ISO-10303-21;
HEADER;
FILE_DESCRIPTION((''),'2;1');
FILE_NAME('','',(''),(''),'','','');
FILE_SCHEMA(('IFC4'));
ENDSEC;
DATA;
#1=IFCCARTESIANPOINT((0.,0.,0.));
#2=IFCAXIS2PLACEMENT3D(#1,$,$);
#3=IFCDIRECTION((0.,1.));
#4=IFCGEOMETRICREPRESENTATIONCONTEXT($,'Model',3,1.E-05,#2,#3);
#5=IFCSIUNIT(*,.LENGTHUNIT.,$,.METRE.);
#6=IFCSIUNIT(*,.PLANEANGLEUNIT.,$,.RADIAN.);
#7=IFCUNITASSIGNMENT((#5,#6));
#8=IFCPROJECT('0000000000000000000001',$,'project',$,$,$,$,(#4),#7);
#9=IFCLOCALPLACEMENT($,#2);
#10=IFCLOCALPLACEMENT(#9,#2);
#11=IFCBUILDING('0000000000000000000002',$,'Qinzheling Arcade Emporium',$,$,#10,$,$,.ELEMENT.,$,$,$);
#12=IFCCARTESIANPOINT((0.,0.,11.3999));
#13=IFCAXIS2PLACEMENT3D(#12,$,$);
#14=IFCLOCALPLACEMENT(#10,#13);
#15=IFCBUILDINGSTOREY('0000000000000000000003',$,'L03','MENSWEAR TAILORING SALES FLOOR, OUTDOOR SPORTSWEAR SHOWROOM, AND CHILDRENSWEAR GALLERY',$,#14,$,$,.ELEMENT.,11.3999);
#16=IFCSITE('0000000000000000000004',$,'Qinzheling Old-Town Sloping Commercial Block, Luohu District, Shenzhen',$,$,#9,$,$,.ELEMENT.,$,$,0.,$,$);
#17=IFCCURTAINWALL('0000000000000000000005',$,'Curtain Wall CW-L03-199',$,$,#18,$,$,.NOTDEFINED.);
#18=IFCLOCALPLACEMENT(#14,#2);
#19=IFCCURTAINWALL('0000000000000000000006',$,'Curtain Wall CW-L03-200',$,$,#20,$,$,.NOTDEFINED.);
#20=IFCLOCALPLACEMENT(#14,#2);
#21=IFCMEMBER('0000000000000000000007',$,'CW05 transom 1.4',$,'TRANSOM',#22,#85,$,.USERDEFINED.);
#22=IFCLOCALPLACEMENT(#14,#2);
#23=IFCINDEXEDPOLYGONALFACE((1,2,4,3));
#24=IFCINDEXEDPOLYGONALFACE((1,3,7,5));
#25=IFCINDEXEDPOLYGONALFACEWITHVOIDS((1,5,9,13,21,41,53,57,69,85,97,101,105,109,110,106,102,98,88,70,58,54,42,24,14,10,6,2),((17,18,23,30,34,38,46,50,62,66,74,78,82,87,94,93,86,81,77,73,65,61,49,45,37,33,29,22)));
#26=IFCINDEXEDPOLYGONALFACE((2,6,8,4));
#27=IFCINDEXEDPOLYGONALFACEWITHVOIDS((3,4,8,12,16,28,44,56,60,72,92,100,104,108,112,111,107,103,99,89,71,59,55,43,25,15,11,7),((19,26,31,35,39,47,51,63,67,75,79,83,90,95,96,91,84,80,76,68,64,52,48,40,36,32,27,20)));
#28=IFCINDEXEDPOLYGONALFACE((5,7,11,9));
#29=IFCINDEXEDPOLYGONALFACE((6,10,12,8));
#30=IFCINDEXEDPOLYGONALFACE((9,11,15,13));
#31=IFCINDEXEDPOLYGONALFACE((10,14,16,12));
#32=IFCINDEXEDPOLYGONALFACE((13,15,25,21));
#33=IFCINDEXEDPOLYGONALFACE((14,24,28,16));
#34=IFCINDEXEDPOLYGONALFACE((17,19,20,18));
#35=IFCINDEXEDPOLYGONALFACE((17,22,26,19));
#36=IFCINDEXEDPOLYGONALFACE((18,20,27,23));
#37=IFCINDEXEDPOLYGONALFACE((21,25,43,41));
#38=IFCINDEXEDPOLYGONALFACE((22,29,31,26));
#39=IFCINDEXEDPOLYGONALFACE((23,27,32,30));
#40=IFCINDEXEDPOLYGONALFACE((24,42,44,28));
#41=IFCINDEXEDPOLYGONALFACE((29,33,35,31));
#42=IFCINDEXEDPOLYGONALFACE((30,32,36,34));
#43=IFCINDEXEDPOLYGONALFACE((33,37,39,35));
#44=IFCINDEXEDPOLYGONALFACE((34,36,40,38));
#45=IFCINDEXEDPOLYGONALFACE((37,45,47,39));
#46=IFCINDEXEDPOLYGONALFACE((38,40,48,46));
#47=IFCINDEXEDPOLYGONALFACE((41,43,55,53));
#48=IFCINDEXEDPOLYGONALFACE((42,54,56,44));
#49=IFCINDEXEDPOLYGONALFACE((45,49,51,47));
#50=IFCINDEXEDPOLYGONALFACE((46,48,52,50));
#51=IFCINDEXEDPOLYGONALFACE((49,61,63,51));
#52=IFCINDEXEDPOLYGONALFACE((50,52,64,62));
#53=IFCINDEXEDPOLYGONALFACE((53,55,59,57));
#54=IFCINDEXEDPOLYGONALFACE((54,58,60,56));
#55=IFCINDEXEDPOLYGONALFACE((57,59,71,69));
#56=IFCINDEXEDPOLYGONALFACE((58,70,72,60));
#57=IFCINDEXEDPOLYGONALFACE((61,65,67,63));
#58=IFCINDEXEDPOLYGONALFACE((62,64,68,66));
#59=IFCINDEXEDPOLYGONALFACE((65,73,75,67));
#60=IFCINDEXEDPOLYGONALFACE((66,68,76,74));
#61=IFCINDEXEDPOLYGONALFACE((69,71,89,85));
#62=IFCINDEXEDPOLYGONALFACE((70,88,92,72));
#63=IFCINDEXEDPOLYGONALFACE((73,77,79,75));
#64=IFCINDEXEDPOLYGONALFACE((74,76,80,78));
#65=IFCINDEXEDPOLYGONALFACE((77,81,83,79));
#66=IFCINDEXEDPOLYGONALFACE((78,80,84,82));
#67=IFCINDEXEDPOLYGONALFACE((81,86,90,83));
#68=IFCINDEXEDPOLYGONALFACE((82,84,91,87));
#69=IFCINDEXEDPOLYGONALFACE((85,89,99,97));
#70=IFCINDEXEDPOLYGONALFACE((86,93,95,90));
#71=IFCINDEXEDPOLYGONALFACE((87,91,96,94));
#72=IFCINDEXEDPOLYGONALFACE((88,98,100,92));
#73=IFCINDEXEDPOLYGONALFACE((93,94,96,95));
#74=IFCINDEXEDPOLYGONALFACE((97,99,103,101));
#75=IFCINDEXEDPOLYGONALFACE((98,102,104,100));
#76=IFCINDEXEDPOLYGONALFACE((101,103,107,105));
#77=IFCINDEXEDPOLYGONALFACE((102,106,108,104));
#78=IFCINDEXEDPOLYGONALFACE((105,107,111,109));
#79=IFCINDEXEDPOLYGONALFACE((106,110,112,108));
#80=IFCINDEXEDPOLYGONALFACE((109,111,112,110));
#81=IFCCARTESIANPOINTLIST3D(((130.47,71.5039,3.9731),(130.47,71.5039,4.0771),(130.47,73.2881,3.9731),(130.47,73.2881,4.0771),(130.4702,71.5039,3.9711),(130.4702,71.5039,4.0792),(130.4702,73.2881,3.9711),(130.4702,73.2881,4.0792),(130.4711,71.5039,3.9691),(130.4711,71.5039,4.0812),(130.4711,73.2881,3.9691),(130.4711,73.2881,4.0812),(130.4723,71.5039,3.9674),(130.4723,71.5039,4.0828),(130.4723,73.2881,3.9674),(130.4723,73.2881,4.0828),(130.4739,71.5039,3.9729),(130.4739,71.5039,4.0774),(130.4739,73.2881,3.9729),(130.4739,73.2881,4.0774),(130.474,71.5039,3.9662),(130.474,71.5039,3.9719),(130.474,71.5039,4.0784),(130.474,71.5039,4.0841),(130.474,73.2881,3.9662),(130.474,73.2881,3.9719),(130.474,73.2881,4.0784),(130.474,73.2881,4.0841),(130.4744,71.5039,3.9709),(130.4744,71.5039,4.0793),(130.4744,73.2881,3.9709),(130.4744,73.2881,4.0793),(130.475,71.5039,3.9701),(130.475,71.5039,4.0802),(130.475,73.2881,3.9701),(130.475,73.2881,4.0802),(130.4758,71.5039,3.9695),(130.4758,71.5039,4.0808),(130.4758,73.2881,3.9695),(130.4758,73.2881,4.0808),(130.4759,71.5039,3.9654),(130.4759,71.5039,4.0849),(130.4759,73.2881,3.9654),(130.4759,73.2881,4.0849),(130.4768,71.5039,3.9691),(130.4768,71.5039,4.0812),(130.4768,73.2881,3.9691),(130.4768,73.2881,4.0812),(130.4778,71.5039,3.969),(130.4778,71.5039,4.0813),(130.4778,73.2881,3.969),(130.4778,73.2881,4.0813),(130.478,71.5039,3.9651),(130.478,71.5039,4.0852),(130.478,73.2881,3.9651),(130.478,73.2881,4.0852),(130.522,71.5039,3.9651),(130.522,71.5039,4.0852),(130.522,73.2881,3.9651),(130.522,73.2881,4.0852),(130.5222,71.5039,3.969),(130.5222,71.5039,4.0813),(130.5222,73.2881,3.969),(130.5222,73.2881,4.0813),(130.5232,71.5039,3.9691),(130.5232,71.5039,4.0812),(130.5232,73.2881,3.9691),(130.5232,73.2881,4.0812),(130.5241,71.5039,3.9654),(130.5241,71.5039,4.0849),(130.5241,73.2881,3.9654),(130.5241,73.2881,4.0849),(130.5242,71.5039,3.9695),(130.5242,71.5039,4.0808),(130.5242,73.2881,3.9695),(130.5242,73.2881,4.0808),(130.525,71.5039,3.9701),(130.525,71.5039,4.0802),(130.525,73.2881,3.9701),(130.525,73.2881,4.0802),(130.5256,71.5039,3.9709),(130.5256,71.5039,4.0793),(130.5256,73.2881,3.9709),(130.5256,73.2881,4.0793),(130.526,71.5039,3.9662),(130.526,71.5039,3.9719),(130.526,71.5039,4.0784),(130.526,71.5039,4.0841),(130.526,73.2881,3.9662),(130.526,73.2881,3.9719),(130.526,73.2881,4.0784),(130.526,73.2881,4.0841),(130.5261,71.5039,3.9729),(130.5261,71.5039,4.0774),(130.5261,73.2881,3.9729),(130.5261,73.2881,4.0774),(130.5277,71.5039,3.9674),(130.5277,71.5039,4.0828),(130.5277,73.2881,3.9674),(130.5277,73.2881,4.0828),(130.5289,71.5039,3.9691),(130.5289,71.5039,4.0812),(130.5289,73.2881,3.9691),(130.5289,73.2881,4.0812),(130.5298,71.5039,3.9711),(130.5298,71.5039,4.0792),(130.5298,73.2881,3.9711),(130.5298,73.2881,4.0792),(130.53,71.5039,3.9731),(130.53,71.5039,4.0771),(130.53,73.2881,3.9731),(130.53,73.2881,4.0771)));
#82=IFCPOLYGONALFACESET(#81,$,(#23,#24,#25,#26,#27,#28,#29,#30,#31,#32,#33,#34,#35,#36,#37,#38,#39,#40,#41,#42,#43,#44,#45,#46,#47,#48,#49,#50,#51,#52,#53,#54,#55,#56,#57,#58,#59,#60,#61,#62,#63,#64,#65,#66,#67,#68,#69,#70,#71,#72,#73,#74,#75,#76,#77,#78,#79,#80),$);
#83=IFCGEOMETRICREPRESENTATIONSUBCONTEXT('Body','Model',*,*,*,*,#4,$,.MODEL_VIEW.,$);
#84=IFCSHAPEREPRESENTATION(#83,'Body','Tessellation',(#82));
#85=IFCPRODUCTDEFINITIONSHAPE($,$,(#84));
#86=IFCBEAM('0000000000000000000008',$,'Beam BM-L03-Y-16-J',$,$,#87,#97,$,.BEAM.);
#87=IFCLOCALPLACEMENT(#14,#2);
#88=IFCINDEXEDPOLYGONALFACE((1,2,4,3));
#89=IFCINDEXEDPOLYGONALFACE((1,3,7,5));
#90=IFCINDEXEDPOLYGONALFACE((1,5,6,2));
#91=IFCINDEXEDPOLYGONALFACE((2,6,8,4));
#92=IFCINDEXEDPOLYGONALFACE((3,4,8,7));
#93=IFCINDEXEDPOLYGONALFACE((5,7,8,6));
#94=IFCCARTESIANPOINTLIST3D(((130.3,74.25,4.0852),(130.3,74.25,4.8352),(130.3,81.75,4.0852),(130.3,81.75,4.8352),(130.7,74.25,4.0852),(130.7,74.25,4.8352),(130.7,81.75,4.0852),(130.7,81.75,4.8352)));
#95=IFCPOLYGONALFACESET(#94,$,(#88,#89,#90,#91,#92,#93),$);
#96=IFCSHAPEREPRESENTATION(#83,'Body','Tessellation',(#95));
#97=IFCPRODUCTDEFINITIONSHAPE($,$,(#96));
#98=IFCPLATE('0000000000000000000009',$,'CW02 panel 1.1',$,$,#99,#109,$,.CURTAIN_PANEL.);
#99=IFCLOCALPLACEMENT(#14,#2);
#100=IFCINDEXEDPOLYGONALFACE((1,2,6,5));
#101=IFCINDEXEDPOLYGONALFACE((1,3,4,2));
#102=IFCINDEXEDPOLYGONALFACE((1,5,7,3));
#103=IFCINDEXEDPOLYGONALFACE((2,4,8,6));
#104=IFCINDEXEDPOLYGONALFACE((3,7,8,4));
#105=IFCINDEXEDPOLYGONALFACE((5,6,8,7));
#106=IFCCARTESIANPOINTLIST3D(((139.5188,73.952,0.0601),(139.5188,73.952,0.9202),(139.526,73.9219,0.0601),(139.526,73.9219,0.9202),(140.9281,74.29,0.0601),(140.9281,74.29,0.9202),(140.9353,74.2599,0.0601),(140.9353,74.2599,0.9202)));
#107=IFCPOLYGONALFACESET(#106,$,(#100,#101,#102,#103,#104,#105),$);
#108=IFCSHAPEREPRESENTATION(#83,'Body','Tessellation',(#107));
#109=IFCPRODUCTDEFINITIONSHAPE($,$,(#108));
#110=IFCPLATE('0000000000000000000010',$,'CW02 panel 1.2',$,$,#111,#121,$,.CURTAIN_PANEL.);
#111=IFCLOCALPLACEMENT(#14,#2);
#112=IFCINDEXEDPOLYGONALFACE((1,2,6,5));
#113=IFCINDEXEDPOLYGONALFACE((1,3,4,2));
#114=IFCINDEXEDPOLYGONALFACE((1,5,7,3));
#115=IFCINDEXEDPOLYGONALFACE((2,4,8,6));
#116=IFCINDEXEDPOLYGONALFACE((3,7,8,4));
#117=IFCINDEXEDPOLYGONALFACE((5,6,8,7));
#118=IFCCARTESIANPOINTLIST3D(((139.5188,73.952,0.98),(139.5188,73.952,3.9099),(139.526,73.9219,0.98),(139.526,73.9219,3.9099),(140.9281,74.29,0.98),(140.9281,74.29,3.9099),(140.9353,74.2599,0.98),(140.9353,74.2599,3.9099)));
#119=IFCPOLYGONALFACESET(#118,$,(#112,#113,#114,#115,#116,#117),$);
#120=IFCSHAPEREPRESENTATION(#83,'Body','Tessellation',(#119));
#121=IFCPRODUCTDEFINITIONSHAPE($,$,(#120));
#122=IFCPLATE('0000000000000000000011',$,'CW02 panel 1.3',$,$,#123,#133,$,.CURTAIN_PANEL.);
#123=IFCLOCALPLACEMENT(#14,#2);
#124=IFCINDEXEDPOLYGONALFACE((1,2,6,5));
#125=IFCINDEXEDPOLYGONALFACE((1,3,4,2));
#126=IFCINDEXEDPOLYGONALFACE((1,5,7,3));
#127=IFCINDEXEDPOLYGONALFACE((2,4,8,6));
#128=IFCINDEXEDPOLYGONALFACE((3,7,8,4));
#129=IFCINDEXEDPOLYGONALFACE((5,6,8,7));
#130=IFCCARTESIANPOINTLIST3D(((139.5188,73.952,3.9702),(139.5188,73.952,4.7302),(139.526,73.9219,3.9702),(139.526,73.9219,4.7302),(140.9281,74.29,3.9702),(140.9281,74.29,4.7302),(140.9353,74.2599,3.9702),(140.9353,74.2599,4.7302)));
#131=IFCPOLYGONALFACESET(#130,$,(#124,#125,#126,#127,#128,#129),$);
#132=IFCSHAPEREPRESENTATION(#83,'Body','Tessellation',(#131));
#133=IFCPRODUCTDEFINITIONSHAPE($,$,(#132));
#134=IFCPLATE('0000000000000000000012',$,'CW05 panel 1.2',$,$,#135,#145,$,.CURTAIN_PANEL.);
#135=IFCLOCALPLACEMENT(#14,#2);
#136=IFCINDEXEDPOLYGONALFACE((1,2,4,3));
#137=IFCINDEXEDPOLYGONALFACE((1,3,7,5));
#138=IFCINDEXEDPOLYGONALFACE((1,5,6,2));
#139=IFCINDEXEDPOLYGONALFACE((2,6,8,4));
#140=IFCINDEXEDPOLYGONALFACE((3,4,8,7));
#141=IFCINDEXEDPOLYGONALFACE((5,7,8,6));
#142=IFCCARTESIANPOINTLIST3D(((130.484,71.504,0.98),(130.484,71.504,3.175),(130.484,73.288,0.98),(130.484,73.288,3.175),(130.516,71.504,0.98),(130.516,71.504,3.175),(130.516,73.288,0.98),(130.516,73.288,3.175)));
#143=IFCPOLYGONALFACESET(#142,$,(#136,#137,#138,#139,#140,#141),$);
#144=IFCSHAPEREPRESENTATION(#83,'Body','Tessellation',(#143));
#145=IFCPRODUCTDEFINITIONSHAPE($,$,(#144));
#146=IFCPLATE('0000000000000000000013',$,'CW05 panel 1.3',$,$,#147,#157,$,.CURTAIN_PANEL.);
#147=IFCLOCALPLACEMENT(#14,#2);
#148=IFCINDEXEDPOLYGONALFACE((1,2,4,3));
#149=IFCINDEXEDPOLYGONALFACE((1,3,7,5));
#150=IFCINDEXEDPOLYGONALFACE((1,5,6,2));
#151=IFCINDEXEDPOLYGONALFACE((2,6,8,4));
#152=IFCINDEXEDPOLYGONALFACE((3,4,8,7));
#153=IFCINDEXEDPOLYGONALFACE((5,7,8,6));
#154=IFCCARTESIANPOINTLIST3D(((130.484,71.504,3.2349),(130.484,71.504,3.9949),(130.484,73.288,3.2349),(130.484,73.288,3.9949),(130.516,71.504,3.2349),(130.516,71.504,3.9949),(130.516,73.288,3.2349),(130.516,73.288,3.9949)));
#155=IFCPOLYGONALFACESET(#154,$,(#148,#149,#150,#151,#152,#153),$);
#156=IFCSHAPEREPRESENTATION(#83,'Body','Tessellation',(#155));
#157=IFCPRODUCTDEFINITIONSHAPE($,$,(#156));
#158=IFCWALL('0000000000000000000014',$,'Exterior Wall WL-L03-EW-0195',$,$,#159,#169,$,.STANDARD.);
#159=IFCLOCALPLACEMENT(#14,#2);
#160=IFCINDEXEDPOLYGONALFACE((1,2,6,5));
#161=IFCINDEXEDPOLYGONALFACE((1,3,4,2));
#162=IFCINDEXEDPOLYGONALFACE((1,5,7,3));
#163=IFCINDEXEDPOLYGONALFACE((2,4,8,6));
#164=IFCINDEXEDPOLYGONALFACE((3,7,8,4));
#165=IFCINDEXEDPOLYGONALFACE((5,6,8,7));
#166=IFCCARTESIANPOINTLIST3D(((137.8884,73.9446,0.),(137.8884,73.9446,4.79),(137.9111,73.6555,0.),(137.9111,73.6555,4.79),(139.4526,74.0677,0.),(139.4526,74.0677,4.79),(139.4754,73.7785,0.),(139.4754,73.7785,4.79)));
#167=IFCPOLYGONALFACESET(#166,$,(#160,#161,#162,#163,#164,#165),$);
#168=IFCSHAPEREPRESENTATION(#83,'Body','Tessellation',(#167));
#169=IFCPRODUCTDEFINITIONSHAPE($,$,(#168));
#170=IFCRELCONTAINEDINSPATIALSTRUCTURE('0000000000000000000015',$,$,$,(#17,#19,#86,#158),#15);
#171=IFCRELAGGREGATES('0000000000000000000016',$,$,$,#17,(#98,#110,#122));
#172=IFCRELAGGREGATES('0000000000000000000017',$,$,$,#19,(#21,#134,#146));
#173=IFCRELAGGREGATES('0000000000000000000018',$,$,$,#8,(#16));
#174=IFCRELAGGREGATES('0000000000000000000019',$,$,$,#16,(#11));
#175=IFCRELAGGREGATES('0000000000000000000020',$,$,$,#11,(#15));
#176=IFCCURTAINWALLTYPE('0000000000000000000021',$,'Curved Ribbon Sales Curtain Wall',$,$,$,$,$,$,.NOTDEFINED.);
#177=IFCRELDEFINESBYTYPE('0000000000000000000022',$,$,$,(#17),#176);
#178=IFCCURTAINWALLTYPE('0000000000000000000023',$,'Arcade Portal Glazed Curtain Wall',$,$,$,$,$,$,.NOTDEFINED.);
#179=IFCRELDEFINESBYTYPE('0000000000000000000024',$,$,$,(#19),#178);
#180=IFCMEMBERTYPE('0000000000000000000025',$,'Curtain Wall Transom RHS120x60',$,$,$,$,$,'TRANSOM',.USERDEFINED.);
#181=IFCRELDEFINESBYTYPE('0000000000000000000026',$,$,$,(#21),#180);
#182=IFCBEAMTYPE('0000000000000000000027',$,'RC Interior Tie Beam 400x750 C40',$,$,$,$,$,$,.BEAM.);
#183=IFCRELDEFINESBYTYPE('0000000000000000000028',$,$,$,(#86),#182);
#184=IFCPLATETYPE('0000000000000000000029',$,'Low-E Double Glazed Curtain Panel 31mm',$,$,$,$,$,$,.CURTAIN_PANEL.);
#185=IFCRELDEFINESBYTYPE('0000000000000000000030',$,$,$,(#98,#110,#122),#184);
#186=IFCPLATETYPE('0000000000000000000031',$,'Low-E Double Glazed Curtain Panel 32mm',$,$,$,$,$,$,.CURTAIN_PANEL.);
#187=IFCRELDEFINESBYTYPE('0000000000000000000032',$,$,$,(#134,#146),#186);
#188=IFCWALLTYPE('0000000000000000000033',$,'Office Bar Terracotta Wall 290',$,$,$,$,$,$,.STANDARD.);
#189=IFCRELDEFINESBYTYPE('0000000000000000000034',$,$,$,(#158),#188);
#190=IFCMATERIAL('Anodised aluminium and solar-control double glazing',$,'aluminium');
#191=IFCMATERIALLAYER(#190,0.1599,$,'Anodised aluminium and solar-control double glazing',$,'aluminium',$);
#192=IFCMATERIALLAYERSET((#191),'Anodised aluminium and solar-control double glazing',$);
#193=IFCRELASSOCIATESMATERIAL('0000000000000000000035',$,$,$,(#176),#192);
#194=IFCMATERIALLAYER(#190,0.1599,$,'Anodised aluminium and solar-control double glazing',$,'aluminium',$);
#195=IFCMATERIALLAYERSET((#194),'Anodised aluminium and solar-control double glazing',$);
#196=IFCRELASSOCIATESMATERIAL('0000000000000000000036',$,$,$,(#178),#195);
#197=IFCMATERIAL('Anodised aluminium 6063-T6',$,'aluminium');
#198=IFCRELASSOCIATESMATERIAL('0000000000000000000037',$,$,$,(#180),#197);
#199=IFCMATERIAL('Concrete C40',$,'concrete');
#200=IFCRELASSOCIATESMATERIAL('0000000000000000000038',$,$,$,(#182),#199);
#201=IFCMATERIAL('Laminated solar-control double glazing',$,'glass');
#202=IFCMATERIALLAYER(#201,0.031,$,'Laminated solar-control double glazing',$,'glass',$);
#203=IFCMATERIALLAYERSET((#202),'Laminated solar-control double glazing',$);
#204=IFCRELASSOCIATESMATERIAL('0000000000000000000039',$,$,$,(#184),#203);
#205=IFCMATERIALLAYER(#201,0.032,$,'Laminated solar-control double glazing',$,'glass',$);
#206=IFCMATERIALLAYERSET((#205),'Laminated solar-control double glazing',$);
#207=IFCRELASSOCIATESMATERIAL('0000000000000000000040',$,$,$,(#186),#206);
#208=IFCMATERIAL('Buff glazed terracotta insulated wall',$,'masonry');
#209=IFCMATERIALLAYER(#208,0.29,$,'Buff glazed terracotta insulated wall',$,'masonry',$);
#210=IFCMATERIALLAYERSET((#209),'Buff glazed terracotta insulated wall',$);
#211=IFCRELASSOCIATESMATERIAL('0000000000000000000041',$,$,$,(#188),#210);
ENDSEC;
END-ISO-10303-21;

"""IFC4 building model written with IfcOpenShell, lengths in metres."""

from ifc_helpers import new_model, si_unit, direction, frame, frame_2d, origin, origin_2d, place, context, subcontext, project, spatial, rectangle, hollow_rectangle, extrude, material, layer, layer_set, material_profile, profile_set, type_object, element, aggregate, save


model = new_model("IFC4")

# Units and contexts
model_context = context("Model", 3, precision=1e-05, world=origin(), true_north=direction((0.0, 1.0)))
body_context = subcontext(model_context, "Body", "Model", "MODEL_VIEW")
ifc_project = project(units=[si_unit("LENGTHUNIT", "METRE"), si_unit("PLANEANGLEUNIT", "RADIAN")], contexts=[model_context])

# Site, building, storey
site_placement = place(None, origin())
site = spatial("IfcSite", under=ifc_project, at=site_placement, Name="Qinzheling Old-Town Sloping Commercial Block, Luohu District, Shenzhen", CompositionType="ELEMENT", RefElevation=0.0)
building_placement = place(site_placement, origin())
building = spatial("IfcBuilding", under=site, at=building_placement, Name="Qinzheling Arcade Emporium", CompositionType="ELEMENT")
storey_placement = place(building_placement, frame((0.0, 0.0, 11.3999)))
storey = spatial("IfcBuildingStorey", under=building, at=storey_placement, Name="L03", Description="MENSWEAR TAILORING SALES FLOOR, OUTDOOR SPORTSWEAR SHOWROOM, AND CHILDRENSWEAR GALLERY", CompositionType="ELEMENT", Elevation=11.3999)

# Curtain wall
ifc_material_1 = material(Name="Anodised aluminium and solar-control double glazing", Category="aluminium")
ifc_layer_1 = layer(ifc_material_1, 0.1599, Name="Anodised aluminium and solar-control double glazing", Category="aluminium")
ifc_layer_set_1 = layer_set([ifc_layer_1], Name="Anodised aluminium and solar-control double glazing")
curtain_wall_type_1 = type_object("IfcCurtainWallType", Name="Curved Ribbon Sales Curtain Wall", PredefinedType="NOTDEFINED", material=ifc_layer_set_1)
curtain_wall_1_placement = place(storey_placement, origin())
curtain_wall_1 = element("IfcCurtainWall", 1, at=curtain_wall_1_placement, inside=storey, type_object=curtain_wall_type_1, Name="Curtain Wall CW-L03-199", PredefinedType="NOTDEFINED")
ifc_material_2 = material(Name="Anodised aluminium 6063-T6", Category="aluminium")

# Curtain wall
ifc_layer_2 = layer(ifc_material_1, 0.1599, Name="Anodised aluminium and solar-control double glazing", Category="aluminium")
ifc_layer_set_2 = layer_set([ifc_layer_2], Name="Anodised aluminium and solar-control double glazing")
curtain_wall_type_2 = type_object("IfcCurtainWallType", Name="Arcade Portal Glazed Curtain Wall", PredefinedType="NOTDEFINED", material=ifc_layer_set_2)
curtain_wall_2_placement = place(storey_placement, origin())
curtain_wall_2 = element("IfcCurtainWall", 2, at=curtain_wall_2_placement, inside=storey, type_object=curtain_wall_type_2, Name="Curtain Wall CW-L03-200", PredefinedType="NOTDEFINED")

# Member
ifc_material_profile_1 = material_profile(ifc_material_2, hollow_rectangle(XDim=0.0601, YDim=0.1201, WallThickness=0.0039, InnerFilletRadius=0.0039, OuterFilletRadius=0.0081, at=origin_2d()), Name="RHS 120x60x4", Category="aluminium")
ifc_profile_set_1 = profile_set([ifc_material_profile_1], Name="Anodised aluminium 6063-T6")
member_type_1 = type_object("IfcMemberType", Name="Curtain Wall Transom RHS120x60", ElementType="TRANSOM", PredefinedType="USERDEFINED", material=ifc_profile_set_1)
member_1_placement = place(storey_placement, frame((130.5, 73.2881, 4.0251), z_axis=(0.0, -1.0, 0.0), x_axis=(1.0, 0.0, 0.0)))
member_1 = element("IfcMember", 3, at=member_1_placement, type_object=member_type_1, Name="CW05 transom 1.4", ObjectType="TRANSOM", PredefinedType="USERDEFINED", context=body_context, shape_type="SweptSolid", body=[
    extrude(hollow_rectangle(XDim=0.0601, YDim=0.1201, WallThickness=0.0039, InnerFilletRadius=0.0039, OuterFilletRadius=0.0081, at=origin_2d()), origin(), (0.0, 0.0, 1.0), 1.7842),
])

# Beam
ifc_material_3 = material(Name="Concrete C40", Category="concrete")
ifc_material_profile_2 = material_profile(ifc_material_3, rectangle(XDim=0.3999, YDim=0.75, at=origin_2d()), Name="RC 400x750", Category="concrete")
ifc_profile_set_2 = profile_set([ifc_material_profile_2], Name="Concrete C40")
beam_type = type_object("IfcBeamType", Name="RC Interior Tie Beam 400x750 C40", PredefinedType="BEAM", material=ifc_profile_set_2)
beam_placement = place(storey_placement, frame((130.5, 74.25, 4.4602), z_axis=(0.0, 1.0, 0.0), x_axis=(-1.0, 0.0, 0.0)))
element("IfcBeam", 4, at=beam_placement, inside=storey, type_object=beam_type, Name="Beam BM-L03-Y-16-J", PredefinedType="BEAM", context=body_context, shape_type="SweptSolid", body=[
    extrude(rectangle(XDim=0.3999, YDim=0.75, at=origin_2d()), origin(), (0.0, 0.0, 1.0), 7.5),
])

# Plates
ifc_material_4 = material(Name="Laminated solar-control double glazing", Category="glass")
ifc_layer_3 = layer(ifc_material_4, 0.031, Name="Laminated solar-control double glazing", Category="glass")
ifc_layer_set_3 = layer_set([ifc_layer_3], Name="Laminated solar-control double glazing")
plate_type_1 = type_object("IfcPlateType", Name="Low-E Double Glazed Curtain Panel 31mm", PredefinedType="CURTAIN_PANEL", material=ifc_layer_set_3)
plate_1_placement = place(storey_placement, frame((140.2271, 74.106, 0.0601), z_axis=(0.0, 0.0, 1.0), x_axis=(-0.972422, -0.233228, 0.0)))
plate_1 = element("IfcPlate", 5, at=plate_1_placement, type_object=plate_type_1, Name="CW02 panel 1.1", PredefinedType="CURTAIN_PANEL", context=body_context, shape_type="SweptSolid", body=[
    extrude(rectangle(XDim=1.4492, YDim=0.031, at=origin_2d()), origin(), (0.0, 0.0, 1.0), 0.8601),
])
plate_2_placement = place(storey_placement, frame((140.2271, 74.106, 0.98), z_axis=(0.0, 0.0, 1.0), x_axis=(-0.972422, -0.233228, 0.0)))
plate_2 = element("IfcPlate", 6, at=plate_2_placement, type_object=plate_type_1, Name="CW02 panel 1.2", PredefinedType="CURTAIN_PANEL", context=body_context, shape_type="SweptSolid", body=[
    extrude(rectangle(XDim=1.4492, YDim=0.031, at=origin_2d()), origin(), (0.0, 0.0, 1.0), 2.9299),
])
plate_3_placement = place(storey_placement, frame((140.2271, 74.106, 3.9702), z_axis=(0.0, 0.0, 1.0), x_axis=(-0.972422, -0.233228, 0.0)))
plate_3 = element("IfcPlate", 7, at=plate_3_placement, type_object=plate_type_1, Name="CW02 panel 1.3", PredefinedType="CURTAIN_PANEL", context=body_context, shape_type="SweptSolid", body=[
    extrude(rectangle(XDim=1.4492, YDim=0.031, at=origin_2d()), origin(), (0.0, 0.0, 1.0), 0.76),
])
aggregate(curtain_wall_1, [plate_1, plate_2, plate_3])
ifc_layer_4 = layer(ifc_material_4, 0.032, Name="Laminated solar-control double glazing", Category="glass")
ifc_layer_set_4 = layer_set([ifc_layer_4], Name="Laminated solar-control double glazing")
plate_type_2 = type_object("IfcPlateType", Name="Low-E Double Glazed Curtain Panel 32mm", PredefinedType="CURTAIN_PANEL", material=ifc_layer_set_4)
plate_4_placement = place(storey_placement, frame((130.5, 72.396, 0.98), z_axis=(0.0, 0.0, 1.0), x_axis=(0.0, -1.0, 0.0)))
plate_4 = element("IfcPlate", 8, at=plate_4_placement, type_object=plate_type_2, Name="CW05 panel 1.2", PredefinedType="CURTAIN_PANEL", context=body_context, shape_type="SweptSolid", body=[
    extrude(rectangle(XDim=1.7839, YDim=0.032, at=origin_2d()), origin(), (0.0, 0.0, 1.0), 2.1951),
])
plate_5_placement = place(storey_placement, frame((130.5, 72.396, 3.2349), z_axis=(0.0, 0.0, 1.0), x_axis=(0.0, -1.0, 0.0)))
plate_5 = element("IfcPlate", 9, at=plate_5_placement, type_object=plate_type_2, Name="CW05 panel 1.3", PredefinedType="CURTAIN_PANEL", context=body_context, shape_type="SweptSolid", body=[
    extrude(rectangle(XDim=1.7839, YDim=0.032, at=origin_2d()), origin(), (0.0, 0.0, 1.0), 0.76),
])
aggregate(curtain_wall_2, [member_1, plate_4, plate_5])

# Wall
ifc_material_5 = material(Name="Buff glazed terracotta insulated wall", Category="masonry")
ifc_layer_5 = layer(ifc_material_5, 0.29, Name="Buff glazed terracotta insulated wall", Category="masonry")
ifc_layer_set_5 = layer_set([ifc_layer_5], Name="Buff glazed terracotta insulated wall")
wall_type = type_object("IfcWallType", Name="Office Bar Terracotta Wall 290", PredefinedType="STANDARD", material=ifc_layer_set_5)
wall_1_placement = place(storey_placement, frame((139.4641, 73.9231, 0.0), z_axis=(0.0, 0.0, 1.0), x_axis=(-0.99692, -0.078422, 0.0)))
element("IfcWall", 10, at=wall_1_placement, inside=storey, type_object=wall_type, Name="Exterior Wall WL-L03-EW-0195", PredefinedType="STANDARD", context=body_context, shape_type="SweptSolid", body=[
    extrude(rectangle(XDim=1.5691, YDim=0.29, at=frame_2d((0.7847, 0.0))), origin(), (0.0, 0.0, 1.0), 4.79),
])

save(model, "model.ifc")
